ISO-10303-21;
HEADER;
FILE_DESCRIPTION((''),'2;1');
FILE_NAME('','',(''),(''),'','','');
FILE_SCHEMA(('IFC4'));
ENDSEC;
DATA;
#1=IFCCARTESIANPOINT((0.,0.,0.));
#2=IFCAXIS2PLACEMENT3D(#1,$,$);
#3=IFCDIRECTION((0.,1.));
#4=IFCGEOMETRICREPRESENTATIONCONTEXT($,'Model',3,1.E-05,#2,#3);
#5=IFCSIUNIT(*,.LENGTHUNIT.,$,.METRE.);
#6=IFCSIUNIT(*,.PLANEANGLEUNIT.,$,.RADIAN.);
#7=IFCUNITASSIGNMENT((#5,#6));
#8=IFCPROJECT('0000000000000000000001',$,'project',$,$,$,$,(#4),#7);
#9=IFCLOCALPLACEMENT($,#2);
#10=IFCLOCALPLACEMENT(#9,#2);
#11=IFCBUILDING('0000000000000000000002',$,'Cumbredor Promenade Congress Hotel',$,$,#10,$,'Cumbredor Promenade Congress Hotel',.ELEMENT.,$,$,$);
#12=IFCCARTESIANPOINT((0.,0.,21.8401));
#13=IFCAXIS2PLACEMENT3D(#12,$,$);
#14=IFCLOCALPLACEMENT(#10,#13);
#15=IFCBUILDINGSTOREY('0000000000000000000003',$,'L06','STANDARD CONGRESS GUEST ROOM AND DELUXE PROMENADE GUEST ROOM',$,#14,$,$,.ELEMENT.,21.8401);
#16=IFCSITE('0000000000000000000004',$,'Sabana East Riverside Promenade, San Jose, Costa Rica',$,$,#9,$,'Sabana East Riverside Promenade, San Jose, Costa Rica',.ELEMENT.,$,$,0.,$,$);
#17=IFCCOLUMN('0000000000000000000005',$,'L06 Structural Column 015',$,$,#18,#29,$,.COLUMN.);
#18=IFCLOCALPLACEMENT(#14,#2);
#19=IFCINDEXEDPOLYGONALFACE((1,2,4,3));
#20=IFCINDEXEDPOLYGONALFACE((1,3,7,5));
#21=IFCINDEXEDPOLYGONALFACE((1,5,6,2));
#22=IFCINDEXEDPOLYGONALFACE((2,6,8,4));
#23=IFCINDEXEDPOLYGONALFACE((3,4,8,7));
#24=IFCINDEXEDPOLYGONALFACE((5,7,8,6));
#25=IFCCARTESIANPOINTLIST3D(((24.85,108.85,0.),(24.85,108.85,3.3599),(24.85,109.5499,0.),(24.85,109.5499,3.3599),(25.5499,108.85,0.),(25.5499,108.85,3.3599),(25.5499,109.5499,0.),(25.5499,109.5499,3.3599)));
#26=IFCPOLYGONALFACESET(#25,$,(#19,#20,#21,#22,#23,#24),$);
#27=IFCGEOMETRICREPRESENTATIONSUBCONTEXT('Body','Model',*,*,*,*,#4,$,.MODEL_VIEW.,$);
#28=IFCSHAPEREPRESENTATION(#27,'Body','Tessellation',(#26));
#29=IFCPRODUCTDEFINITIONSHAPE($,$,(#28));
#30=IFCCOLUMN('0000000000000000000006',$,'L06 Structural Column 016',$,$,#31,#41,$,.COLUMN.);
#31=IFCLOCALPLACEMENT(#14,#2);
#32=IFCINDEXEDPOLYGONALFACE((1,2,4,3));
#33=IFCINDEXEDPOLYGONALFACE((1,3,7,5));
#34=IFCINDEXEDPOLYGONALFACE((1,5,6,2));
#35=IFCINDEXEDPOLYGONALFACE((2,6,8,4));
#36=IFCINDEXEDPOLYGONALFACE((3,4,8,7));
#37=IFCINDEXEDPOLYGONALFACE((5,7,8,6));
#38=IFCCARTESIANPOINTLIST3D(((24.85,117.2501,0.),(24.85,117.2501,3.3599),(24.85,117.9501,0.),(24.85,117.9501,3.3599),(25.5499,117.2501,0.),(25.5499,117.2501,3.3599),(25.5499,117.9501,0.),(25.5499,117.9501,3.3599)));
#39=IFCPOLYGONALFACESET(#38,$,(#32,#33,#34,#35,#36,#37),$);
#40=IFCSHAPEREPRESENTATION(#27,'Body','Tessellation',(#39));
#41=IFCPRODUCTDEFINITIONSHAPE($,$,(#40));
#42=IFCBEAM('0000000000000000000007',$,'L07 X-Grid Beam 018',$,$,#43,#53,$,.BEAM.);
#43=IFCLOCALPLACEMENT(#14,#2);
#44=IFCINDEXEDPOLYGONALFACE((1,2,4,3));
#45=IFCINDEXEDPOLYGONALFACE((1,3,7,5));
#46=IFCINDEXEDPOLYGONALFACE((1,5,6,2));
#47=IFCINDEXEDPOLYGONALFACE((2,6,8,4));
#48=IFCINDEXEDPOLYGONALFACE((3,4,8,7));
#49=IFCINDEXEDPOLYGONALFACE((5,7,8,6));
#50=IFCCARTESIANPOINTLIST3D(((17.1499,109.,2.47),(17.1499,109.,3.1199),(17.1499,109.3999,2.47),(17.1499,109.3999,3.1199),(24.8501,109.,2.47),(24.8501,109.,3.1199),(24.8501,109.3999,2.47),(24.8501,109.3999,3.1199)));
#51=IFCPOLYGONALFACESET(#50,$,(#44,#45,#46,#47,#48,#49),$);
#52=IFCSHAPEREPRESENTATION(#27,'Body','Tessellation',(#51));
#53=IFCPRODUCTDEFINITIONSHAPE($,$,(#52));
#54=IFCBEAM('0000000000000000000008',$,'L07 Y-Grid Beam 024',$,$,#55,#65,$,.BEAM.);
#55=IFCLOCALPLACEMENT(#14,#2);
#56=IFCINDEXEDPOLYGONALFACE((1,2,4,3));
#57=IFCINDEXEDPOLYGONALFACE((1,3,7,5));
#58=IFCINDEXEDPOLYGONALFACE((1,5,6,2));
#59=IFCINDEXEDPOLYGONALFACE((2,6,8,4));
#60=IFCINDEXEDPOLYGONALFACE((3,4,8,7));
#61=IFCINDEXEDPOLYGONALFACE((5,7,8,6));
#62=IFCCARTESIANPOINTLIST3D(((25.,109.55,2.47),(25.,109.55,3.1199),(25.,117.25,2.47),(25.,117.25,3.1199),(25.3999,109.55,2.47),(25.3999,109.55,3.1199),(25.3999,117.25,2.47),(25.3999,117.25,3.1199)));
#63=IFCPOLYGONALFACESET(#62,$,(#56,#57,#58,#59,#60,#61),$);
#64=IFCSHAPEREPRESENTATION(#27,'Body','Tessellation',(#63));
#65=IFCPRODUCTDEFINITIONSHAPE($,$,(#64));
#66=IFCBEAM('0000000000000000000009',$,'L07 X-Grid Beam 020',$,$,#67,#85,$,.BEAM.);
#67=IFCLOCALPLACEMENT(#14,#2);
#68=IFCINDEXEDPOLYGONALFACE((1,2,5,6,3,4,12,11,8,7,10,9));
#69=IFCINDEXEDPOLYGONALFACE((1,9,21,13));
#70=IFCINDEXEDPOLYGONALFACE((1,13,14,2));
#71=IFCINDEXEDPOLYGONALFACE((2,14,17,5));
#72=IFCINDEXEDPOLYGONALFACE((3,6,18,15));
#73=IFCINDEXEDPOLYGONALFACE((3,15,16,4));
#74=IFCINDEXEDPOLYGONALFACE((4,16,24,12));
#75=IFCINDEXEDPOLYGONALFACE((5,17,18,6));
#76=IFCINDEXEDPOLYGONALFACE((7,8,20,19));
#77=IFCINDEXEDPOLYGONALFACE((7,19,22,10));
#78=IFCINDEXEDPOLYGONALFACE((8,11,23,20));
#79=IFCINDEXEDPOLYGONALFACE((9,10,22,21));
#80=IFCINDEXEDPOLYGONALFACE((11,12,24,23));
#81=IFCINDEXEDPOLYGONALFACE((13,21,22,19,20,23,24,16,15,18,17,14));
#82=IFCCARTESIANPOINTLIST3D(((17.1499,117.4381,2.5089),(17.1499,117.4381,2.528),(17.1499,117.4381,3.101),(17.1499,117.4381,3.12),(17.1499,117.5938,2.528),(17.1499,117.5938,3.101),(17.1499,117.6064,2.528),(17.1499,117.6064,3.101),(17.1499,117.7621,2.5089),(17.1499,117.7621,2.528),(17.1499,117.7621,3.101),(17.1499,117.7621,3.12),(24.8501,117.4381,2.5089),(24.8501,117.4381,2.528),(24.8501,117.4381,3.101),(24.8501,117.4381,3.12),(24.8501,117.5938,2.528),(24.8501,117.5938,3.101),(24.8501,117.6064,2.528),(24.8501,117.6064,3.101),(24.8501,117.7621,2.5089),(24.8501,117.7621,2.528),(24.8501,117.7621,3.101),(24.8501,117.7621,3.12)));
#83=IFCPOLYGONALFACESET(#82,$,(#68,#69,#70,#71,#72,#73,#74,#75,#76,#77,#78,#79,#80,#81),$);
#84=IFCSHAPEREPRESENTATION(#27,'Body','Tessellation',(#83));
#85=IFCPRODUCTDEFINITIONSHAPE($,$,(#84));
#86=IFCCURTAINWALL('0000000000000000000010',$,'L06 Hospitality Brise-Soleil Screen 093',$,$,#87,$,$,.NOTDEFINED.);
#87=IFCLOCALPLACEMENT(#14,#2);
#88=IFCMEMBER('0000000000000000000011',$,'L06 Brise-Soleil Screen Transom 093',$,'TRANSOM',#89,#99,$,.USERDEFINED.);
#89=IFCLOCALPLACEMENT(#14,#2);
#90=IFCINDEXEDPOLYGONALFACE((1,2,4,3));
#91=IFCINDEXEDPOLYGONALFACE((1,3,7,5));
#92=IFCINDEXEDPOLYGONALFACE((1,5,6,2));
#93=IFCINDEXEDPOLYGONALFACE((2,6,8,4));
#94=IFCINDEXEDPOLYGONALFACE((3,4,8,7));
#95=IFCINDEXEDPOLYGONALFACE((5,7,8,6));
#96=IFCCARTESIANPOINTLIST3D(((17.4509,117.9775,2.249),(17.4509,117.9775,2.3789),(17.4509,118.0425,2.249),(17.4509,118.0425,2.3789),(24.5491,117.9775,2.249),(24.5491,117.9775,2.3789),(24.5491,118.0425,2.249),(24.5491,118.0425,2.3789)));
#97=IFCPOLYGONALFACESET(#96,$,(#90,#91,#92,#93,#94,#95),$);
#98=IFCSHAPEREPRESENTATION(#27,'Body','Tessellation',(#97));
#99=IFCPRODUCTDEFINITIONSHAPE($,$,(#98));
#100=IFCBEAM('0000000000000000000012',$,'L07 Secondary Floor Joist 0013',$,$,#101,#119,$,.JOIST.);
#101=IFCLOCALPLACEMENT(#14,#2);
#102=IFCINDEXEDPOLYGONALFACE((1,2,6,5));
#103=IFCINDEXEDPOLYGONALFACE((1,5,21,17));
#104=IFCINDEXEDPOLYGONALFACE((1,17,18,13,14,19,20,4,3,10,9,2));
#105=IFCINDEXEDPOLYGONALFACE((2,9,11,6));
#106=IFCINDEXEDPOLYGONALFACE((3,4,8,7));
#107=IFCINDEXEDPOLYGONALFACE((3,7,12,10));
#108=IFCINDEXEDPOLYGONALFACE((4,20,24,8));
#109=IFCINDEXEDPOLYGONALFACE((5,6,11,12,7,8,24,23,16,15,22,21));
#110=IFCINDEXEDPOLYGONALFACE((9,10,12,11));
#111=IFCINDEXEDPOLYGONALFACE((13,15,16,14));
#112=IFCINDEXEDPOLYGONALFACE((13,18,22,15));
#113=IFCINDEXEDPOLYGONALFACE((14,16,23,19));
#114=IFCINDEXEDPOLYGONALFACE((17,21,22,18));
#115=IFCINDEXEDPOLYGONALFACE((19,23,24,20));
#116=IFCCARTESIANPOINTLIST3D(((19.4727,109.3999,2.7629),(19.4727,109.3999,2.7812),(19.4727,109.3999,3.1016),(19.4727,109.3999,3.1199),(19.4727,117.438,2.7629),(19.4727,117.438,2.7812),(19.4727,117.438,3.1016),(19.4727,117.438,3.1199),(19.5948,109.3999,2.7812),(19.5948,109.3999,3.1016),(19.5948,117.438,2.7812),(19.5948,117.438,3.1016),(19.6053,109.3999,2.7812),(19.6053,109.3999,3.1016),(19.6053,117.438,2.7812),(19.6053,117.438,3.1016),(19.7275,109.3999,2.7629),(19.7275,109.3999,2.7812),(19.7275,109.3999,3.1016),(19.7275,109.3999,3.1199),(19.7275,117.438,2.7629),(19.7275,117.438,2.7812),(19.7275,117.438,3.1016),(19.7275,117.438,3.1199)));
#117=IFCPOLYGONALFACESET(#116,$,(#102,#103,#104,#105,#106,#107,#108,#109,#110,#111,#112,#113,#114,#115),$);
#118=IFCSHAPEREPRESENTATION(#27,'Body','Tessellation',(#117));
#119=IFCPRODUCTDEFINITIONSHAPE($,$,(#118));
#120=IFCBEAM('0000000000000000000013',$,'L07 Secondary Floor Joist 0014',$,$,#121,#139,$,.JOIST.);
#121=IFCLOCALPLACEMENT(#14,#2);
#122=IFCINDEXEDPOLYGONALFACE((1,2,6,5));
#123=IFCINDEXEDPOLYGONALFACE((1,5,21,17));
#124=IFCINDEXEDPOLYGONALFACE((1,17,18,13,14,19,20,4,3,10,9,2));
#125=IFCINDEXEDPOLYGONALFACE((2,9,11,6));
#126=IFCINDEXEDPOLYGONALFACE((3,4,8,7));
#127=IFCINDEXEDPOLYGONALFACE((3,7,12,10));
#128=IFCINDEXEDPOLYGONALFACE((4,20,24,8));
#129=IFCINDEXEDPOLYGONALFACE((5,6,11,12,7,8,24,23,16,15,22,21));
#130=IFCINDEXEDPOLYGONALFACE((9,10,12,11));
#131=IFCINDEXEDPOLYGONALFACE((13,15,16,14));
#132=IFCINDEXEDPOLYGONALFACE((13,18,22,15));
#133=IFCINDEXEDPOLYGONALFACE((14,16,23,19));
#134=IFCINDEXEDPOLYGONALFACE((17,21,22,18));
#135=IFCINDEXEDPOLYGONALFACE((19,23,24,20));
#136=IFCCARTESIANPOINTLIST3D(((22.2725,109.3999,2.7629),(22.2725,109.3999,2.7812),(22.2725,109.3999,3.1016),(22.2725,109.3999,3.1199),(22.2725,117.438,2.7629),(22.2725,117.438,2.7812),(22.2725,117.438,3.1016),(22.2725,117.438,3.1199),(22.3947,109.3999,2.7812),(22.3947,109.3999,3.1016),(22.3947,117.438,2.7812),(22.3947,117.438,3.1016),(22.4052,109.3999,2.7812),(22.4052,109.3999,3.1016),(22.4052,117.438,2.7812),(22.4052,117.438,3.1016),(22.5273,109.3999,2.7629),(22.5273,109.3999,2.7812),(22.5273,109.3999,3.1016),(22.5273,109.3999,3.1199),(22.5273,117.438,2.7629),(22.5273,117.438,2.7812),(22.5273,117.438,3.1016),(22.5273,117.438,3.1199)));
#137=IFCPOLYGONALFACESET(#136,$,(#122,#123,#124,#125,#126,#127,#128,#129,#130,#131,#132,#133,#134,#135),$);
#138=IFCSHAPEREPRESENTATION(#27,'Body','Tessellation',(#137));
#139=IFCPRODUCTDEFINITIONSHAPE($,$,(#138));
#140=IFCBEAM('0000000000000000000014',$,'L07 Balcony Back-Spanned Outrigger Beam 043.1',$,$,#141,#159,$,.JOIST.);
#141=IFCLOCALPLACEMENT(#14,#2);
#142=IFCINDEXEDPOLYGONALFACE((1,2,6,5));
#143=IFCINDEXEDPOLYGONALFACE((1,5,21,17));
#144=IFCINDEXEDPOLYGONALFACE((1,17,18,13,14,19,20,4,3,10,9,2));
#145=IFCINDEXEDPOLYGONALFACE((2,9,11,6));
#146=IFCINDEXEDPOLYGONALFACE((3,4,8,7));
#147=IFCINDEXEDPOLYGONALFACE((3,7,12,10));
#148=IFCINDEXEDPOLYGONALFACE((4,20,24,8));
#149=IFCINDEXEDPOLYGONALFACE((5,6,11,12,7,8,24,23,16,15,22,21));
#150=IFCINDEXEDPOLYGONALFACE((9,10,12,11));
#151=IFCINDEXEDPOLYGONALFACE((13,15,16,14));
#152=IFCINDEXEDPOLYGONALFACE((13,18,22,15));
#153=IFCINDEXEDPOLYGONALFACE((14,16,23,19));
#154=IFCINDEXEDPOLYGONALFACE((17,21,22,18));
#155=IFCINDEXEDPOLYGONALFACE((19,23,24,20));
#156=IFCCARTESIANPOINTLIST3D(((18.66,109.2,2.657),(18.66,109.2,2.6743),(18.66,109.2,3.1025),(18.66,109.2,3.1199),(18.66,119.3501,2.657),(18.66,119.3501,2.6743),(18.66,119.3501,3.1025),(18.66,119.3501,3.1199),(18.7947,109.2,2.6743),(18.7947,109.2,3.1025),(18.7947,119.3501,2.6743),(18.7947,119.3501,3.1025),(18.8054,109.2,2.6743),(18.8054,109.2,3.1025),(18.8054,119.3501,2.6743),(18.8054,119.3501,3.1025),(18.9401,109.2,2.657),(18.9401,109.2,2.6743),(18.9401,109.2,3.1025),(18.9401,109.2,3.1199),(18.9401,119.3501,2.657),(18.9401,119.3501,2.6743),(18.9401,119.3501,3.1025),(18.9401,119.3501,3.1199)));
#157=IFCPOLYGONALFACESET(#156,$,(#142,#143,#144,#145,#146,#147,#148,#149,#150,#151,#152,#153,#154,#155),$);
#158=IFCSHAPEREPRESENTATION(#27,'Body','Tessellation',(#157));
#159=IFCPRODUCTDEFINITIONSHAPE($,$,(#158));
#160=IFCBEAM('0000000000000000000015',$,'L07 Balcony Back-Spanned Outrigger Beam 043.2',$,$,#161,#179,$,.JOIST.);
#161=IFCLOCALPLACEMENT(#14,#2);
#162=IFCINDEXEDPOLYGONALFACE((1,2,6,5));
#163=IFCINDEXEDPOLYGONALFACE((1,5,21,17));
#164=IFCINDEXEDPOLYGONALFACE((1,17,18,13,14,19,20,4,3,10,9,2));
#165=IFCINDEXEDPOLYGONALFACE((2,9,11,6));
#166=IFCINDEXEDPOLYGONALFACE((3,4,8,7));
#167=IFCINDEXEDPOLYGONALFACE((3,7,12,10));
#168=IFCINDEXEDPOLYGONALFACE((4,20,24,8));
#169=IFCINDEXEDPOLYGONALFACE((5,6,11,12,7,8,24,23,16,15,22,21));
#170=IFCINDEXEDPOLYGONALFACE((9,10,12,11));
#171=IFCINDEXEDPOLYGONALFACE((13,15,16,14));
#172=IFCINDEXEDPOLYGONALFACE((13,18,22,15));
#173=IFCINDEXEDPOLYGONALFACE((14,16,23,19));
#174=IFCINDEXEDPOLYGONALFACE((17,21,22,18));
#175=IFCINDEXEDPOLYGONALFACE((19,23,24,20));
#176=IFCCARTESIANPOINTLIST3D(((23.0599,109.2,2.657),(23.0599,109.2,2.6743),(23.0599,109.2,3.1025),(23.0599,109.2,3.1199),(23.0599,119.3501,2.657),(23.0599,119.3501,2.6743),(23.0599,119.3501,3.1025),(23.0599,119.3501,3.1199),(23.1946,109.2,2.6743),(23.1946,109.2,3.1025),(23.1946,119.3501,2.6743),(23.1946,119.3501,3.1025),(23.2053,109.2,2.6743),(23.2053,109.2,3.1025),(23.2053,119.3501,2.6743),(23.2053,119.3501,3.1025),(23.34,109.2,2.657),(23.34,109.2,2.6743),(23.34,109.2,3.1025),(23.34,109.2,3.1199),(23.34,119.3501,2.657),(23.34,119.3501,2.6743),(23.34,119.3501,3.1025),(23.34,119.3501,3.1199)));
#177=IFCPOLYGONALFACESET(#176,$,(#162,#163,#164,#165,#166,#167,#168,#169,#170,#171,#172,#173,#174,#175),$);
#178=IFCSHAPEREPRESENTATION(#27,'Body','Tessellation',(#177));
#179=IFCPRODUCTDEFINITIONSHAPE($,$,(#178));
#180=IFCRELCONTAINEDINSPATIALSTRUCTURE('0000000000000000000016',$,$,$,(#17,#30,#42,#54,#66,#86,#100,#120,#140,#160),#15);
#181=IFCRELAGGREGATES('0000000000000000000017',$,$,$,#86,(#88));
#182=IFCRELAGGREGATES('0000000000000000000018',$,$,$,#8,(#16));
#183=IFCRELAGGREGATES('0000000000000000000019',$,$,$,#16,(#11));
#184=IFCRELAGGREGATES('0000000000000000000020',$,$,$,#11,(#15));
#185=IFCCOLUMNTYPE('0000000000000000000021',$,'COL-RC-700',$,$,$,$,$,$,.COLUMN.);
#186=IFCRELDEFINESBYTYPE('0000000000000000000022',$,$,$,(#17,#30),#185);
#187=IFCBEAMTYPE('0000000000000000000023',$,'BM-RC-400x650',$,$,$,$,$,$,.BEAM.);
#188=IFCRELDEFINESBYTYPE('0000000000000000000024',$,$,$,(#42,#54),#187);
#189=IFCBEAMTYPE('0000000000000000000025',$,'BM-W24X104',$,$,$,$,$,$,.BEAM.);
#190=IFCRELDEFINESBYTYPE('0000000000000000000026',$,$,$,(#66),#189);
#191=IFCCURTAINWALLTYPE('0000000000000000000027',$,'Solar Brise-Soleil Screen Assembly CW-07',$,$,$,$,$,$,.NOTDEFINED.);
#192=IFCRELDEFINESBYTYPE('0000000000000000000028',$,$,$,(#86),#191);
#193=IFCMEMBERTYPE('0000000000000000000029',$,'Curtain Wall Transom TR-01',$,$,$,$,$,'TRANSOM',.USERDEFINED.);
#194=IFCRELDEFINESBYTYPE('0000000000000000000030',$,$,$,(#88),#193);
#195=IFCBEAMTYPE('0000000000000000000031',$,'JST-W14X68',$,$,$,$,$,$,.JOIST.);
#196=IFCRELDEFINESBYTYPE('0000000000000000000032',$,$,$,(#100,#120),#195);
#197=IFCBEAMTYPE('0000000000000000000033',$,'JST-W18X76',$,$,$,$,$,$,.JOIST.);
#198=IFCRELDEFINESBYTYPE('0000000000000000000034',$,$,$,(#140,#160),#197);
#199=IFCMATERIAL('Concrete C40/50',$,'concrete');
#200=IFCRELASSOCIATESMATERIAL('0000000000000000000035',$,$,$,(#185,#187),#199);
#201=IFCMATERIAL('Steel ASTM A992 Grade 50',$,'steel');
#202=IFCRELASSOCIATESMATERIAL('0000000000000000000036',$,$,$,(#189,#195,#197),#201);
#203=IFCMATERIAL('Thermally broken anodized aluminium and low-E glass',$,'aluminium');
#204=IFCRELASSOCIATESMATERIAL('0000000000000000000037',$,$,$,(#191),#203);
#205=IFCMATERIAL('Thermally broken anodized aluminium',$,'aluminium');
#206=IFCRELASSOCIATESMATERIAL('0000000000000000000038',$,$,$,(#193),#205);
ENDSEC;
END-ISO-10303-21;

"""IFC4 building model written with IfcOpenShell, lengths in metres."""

from ifc_helpers import new_model, si_unit, direction, frame, origin, origin_2d, place, context, subcontext, project, spatial, rectangle, i_section, extrude, material, material_profile, profile_set, type_object, element, aggregate, save


model = new_model("IFC4")

# Units and contexts
model_context = context("Model", 3, precision=1e-05, world=origin(), true_north=direction((0.0, 1.0)))
body_context = subcontext(model_context, "Body", "Model", "MODEL_VIEW")
ifc_project = project(units=[si_unit("LENGTHUNIT", "METRE"), si_unit("PLANEANGLEUNIT", "RADIAN")], contexts=[model_context])

# Site, building, storey
site_placement = place(None, origin())
site = spatial("IfcSite", under=ifc_project, at=site_placement, Name="Sabana East Riverside Promenade, San Jose, Costa Rica", LongName="Sabana East Riverside Promenade, San Jose, Costa Rica", CompositionType="ELEMENT", RefElevation=0.0)
building_placement = place(site_placement, origin())
building = spatial("IfcBuilding", under=site, at=building_placement, Name="Cumbredor Promenade Congress Hotel", LongName="Cumbredor Promenade Congress Hotel", CompositionType="ELEMENT")
storey_placement = place(building_placement, frame((0.0, 0.0, 21.8401)))
storey = spatial("IfcBuildingStorey", under=building, at=storey_placement, Name="L06", Description="STANDARD CONGRESS GUEST ROOM AND DELUXE PROMENADE GUEST ROOM", CompositionType="ELEMENT", Elevation=21.8401)

# Columns
ifc_material_1 = material(Name="Concrete C40/50", Category="concrete")
ifc_material_profile_1 = material_profile(ifc_material_1, rectangle(XDim=0.7, YDim=0.7, at=origin_2d()), Name="RC 700x700")
ifc_profile_set_1 = profile_set([ifc_material_profile_1], Name="Concrete C40/50")
column_type = type_object("IfcColumnType", Name="COL-RC-700", PredefinedType="COLUMN", material=ifc_profile_set_1)
for number, where, z_axis, x_axis, name in (
    (1, (25.2, 109.2, 0.0), (0.0, 0.0, 1.0), (1.0, 0.0, 0.0), "L06 Structural Column 015"),
    (2, (25.2, 117.6001, 0.0), (0.0, 0.0, 1.0), (1.0, 0.0, 0.0), "L06 Structural Column 016"),
):
    element("IfcColumn", number, at=place(storey_placement, frame(where, z_axis=z_axis, x_axis=x_axis)), inside=storey, type_object=column_type, Name=name, PredefinedType="COLUMN", context=body_context, shape_type="SweptSolid", body=[
        extrude(rectangle(XDim=0.7, YDim=0.7, at=origin_2d()), origin(), (0.0, 0.0, 1.0), 3.3599),
    ])

# Beams
ifc_material_profile_2 = material_profile(ifc_material_1, rectangle(XDim=0.3999, YDim=0.6499, at=origin_2d()), Name="RC BEAM 400x650")
ifc_profile_set_2 = profile_set([ifc_material_profile_2], Name="Concrete C40/50")
beam_type_1 = type_object("IfcBeamType", Name="BM-RC-400x650", PredefinedType="BEAM", material=ifc_profile_set_2)
beam_1_placement = place(storey_placement, frame((17.1499, 109.2, 2.7949), z_axis=(1.0, 0.0, 0.0), x_axis=(0.0, 1.0, 0.0)))
element("IfcBeam", 3, at=beam_1_placement, inside=storey, type_object=beam_type_1, Name="L07 X-Grid Beam 018", PredefinedType="BEAM", context=body_context, shape_type="SweptSolid", body=[
    extrude(rectangle(XDim=0.3999, YDim=0.6499, at=origin_2d()), origin(), (0.0, 0.0, 1.0), 7.7002),
])
beam_2_placement = place(storey_placement, frame((25.2, 109.55, 2.7949), z_axis=(0.0, 1.0, 0.0), x_axis=(-1.0, 0.0, 0.0)))
element("IfcBeam", 4, at=beam_2_placement, inside=storey, type_object=beam_type_1, Name="L07 Y-Grid Beam 024", PredefinedType="BEAM", context=body_context, shape_type="SweptSolid", body=[
    extrude(rectangle(XDim=0.3999, YDim=0.6499, at=origin_2d()), origin(), (0.0, 0.0, 1.0), 7.7),
])
ifc_material_2 = material(Name="Steel ASTM A992 Grade 50", Category="steel")
ifc_material_profile_3 = material_profile(ifc_material_2, i_section(OverallWidth=0.324, OverallDepth=0.6111, WebThickness=0.0127, FlangeThickness=0.019, at=origin_2d()), Name="W24X104")
ifc_profile_set_3 = profile_set([ifc_material_profile_3], Name="Steel ASTM A992 Grade 50")
beam_type_2 = type_object("IfcBeamType", Name="BM-W24X104", PredefinedType="BEAM", material=ifc_profile_set_3)
beam_3_placement = place(storey_placement, frame((17.1499, 117.6001, 2.8145), z_axis=(1.0, 0.0, 0.0), x_axis=(0.0, 1.0, 0.0)))
element("IfcBeam", 5, at=beam_3_placement, inside=storey, type_object=beam_type_2, Name="L07 X-Grid Beam 020", PredefinedType="BEAM", context=body_context, shape_type="SweptSolid", body=[
    extrude(i_section(OverallWidth=0.324, OverallDepth=0.6111, WebThickness=0.0127, FlangeThickness=0.019, at=origin_2d()), origin(), (0.0, 0.0, 1.0), 7.7002),
])

# Curtain wall, member
ifc_material_3 = material(Name="Thermally broken anodized aluminium and low-E glass", Category="aluminium")
curtain_wall_type = type_object("IfcCurtainWallType", Name="Solar Brise-Soleil Screen Assembly CW-07", PredefinedType="NOTDEFINED", material=ifc_material_3)
curtain_wall_placement = place(storey_placement, origin())
curtain_wall = element("IfcCurtainWall", 6, at=curtain_wall_placement, inside=storey, type_object=curtain_wall_type, Name="L06 Hospitality Brise-Soleil Screen 093", PredefinedType="NOTDEFINED")
ifc_material_4 = material(Name="Thermally broken anodized aluminium", Category="aluminium")
ifc_material_profile_4 = material_profile(ifc_material_4, rectangle(XDim=0.0649, YDim=0.1299, at=origin_2d()), Name="ALU TRANSOM 65x130")
ifc_profile_set_4 = profile_set([ifc_material_profile_4], Name="Thermally broken anodized aluminium")
member_type_1 = type_object("IfcMemberType", Name="Curtain Wall Transom TR-01", ElementType="TRANSOM", PredefinedType="USERDEFINED", material=ifc_profile_set_4)
member_1_placement = place(storey_placement, frame((17.4509, 118.01, 2.314), z_axis=(1.0, 0.0, 0.0), x_axis=(0.0, 1.0, 0.0)))
member_1 = element("IfcMember", 7, at=member_1_placement, type_object=member_type_1, Name="L06 Brise-Soleil Screen Transom 093", ObjectType="TRANSOM", PredefinedType="USERDEFINED", context=body_context, shape_type="SweptSolid", body=[
    extrude(rectangle(XDim=0.0649, YDim=0.1299, at=origin_2d()), origin(), (0.0, 0.0, 1.0), 7.0981),
])

# Beams
ifc_material_profile_5 = material_profile(ifc_material_2, i_section(OverallWidth=0.2549, OverallDepth=0.3569, WebThickness=0.0105, FlangeThickness=0.0183, at=origin_2d()), Name="W14X68")
ifc_profile_set_5 = profile_set([ifc_material_profile_5], Name="Steel ASTM A992 Grade 50")
beam_type_3 = type_object("IfcBeamType", Name="JST-W14X68", PredefinedType="JOIST", material=ifc_profile_set_5)
for number, where, z_axis, x_axis, name in (
    (8, (19.6001, 109.3999, 2.9414), (0.0, 1.0, 0.0), (-1.0, 0.0, 0.0), "L07 Secondary Floor Joist 0013"),
    (9, (22.3999, 109.3999, 2.9414), (0.0, 1.0, 0.0), (-1.0, 0.0, 0.0), "L07 Secondary Floor Joist 0014"),
):
    element("IfcBeam", number, at=place(storey_placement, frame(where, z_axis=z_axis, x_axis=x_axis)), inside=storey, type_object=beam_type_3, Name=name, PredefinedType="JOIST", context=body_context, shape_type="SweptSolid", body=[
        extrude(i_section(OverallWidth=0.2549, OverallDepth=0.3569, WebThickness=0.0105, FlangeThickness=0.0183, at=origin_2d()), origin(), (0.0, 0.0, 1.0), 8.0381),
    ])
ifc_material_profile_6 = material_profile(ifc_material_2, i_section(OverallWidth=0.28, OverallDepth=0.4629, WebThickness=0.0107, FlangeThickness=0.0173, at=origin_2d()), Name="W18X76")
ifc_profile_set_6 = profile_set([ifc_material_profile_6], Name="Steel ASTM A992 Grade 50")
beam_type_4 = type_object("IfcBeamType", Name="JST-W18X76", PredefinedType="JOIST", material=ifc_profile_set_6)
for number, where, z_axis, x_axis, name in (
    (10, (18.8, 109.2, 2.8884), (0.0, 1.0, 0.0), (-1.0, 0.0, 0.0), "L07 Balcony Back-Spanned Outrigger Beam 043.1"),
    (11, (23.2, 109.2, 2.8884), (0.0, 1.0, 0.0), (-1.0, 0.0, 0.0), "L07 Balcony Back-Spanned Outrigger Beam 043.2"),
):
    element("IfcBeam", number, at=place(storey_placement, frame(where, z_axis=z_axis, x_axis=x_axis)), inside=storey, type_object=beam_type_4, Name=name, PredefinedType="JOIST", context=body_context, shape_type="SweptSolid", body=[
        extrude(i_section(OverallWidth=0.28, OverallDepth=0.4629, WebThickness=0.0107, FlangeThickness=0.0173, at=origin_2d()), origin(), (0.0, 0.0, 1.0), 10.1501),
    ])

aggregate(curtain_wall, [member_1])

save(model, "model.ifc")
